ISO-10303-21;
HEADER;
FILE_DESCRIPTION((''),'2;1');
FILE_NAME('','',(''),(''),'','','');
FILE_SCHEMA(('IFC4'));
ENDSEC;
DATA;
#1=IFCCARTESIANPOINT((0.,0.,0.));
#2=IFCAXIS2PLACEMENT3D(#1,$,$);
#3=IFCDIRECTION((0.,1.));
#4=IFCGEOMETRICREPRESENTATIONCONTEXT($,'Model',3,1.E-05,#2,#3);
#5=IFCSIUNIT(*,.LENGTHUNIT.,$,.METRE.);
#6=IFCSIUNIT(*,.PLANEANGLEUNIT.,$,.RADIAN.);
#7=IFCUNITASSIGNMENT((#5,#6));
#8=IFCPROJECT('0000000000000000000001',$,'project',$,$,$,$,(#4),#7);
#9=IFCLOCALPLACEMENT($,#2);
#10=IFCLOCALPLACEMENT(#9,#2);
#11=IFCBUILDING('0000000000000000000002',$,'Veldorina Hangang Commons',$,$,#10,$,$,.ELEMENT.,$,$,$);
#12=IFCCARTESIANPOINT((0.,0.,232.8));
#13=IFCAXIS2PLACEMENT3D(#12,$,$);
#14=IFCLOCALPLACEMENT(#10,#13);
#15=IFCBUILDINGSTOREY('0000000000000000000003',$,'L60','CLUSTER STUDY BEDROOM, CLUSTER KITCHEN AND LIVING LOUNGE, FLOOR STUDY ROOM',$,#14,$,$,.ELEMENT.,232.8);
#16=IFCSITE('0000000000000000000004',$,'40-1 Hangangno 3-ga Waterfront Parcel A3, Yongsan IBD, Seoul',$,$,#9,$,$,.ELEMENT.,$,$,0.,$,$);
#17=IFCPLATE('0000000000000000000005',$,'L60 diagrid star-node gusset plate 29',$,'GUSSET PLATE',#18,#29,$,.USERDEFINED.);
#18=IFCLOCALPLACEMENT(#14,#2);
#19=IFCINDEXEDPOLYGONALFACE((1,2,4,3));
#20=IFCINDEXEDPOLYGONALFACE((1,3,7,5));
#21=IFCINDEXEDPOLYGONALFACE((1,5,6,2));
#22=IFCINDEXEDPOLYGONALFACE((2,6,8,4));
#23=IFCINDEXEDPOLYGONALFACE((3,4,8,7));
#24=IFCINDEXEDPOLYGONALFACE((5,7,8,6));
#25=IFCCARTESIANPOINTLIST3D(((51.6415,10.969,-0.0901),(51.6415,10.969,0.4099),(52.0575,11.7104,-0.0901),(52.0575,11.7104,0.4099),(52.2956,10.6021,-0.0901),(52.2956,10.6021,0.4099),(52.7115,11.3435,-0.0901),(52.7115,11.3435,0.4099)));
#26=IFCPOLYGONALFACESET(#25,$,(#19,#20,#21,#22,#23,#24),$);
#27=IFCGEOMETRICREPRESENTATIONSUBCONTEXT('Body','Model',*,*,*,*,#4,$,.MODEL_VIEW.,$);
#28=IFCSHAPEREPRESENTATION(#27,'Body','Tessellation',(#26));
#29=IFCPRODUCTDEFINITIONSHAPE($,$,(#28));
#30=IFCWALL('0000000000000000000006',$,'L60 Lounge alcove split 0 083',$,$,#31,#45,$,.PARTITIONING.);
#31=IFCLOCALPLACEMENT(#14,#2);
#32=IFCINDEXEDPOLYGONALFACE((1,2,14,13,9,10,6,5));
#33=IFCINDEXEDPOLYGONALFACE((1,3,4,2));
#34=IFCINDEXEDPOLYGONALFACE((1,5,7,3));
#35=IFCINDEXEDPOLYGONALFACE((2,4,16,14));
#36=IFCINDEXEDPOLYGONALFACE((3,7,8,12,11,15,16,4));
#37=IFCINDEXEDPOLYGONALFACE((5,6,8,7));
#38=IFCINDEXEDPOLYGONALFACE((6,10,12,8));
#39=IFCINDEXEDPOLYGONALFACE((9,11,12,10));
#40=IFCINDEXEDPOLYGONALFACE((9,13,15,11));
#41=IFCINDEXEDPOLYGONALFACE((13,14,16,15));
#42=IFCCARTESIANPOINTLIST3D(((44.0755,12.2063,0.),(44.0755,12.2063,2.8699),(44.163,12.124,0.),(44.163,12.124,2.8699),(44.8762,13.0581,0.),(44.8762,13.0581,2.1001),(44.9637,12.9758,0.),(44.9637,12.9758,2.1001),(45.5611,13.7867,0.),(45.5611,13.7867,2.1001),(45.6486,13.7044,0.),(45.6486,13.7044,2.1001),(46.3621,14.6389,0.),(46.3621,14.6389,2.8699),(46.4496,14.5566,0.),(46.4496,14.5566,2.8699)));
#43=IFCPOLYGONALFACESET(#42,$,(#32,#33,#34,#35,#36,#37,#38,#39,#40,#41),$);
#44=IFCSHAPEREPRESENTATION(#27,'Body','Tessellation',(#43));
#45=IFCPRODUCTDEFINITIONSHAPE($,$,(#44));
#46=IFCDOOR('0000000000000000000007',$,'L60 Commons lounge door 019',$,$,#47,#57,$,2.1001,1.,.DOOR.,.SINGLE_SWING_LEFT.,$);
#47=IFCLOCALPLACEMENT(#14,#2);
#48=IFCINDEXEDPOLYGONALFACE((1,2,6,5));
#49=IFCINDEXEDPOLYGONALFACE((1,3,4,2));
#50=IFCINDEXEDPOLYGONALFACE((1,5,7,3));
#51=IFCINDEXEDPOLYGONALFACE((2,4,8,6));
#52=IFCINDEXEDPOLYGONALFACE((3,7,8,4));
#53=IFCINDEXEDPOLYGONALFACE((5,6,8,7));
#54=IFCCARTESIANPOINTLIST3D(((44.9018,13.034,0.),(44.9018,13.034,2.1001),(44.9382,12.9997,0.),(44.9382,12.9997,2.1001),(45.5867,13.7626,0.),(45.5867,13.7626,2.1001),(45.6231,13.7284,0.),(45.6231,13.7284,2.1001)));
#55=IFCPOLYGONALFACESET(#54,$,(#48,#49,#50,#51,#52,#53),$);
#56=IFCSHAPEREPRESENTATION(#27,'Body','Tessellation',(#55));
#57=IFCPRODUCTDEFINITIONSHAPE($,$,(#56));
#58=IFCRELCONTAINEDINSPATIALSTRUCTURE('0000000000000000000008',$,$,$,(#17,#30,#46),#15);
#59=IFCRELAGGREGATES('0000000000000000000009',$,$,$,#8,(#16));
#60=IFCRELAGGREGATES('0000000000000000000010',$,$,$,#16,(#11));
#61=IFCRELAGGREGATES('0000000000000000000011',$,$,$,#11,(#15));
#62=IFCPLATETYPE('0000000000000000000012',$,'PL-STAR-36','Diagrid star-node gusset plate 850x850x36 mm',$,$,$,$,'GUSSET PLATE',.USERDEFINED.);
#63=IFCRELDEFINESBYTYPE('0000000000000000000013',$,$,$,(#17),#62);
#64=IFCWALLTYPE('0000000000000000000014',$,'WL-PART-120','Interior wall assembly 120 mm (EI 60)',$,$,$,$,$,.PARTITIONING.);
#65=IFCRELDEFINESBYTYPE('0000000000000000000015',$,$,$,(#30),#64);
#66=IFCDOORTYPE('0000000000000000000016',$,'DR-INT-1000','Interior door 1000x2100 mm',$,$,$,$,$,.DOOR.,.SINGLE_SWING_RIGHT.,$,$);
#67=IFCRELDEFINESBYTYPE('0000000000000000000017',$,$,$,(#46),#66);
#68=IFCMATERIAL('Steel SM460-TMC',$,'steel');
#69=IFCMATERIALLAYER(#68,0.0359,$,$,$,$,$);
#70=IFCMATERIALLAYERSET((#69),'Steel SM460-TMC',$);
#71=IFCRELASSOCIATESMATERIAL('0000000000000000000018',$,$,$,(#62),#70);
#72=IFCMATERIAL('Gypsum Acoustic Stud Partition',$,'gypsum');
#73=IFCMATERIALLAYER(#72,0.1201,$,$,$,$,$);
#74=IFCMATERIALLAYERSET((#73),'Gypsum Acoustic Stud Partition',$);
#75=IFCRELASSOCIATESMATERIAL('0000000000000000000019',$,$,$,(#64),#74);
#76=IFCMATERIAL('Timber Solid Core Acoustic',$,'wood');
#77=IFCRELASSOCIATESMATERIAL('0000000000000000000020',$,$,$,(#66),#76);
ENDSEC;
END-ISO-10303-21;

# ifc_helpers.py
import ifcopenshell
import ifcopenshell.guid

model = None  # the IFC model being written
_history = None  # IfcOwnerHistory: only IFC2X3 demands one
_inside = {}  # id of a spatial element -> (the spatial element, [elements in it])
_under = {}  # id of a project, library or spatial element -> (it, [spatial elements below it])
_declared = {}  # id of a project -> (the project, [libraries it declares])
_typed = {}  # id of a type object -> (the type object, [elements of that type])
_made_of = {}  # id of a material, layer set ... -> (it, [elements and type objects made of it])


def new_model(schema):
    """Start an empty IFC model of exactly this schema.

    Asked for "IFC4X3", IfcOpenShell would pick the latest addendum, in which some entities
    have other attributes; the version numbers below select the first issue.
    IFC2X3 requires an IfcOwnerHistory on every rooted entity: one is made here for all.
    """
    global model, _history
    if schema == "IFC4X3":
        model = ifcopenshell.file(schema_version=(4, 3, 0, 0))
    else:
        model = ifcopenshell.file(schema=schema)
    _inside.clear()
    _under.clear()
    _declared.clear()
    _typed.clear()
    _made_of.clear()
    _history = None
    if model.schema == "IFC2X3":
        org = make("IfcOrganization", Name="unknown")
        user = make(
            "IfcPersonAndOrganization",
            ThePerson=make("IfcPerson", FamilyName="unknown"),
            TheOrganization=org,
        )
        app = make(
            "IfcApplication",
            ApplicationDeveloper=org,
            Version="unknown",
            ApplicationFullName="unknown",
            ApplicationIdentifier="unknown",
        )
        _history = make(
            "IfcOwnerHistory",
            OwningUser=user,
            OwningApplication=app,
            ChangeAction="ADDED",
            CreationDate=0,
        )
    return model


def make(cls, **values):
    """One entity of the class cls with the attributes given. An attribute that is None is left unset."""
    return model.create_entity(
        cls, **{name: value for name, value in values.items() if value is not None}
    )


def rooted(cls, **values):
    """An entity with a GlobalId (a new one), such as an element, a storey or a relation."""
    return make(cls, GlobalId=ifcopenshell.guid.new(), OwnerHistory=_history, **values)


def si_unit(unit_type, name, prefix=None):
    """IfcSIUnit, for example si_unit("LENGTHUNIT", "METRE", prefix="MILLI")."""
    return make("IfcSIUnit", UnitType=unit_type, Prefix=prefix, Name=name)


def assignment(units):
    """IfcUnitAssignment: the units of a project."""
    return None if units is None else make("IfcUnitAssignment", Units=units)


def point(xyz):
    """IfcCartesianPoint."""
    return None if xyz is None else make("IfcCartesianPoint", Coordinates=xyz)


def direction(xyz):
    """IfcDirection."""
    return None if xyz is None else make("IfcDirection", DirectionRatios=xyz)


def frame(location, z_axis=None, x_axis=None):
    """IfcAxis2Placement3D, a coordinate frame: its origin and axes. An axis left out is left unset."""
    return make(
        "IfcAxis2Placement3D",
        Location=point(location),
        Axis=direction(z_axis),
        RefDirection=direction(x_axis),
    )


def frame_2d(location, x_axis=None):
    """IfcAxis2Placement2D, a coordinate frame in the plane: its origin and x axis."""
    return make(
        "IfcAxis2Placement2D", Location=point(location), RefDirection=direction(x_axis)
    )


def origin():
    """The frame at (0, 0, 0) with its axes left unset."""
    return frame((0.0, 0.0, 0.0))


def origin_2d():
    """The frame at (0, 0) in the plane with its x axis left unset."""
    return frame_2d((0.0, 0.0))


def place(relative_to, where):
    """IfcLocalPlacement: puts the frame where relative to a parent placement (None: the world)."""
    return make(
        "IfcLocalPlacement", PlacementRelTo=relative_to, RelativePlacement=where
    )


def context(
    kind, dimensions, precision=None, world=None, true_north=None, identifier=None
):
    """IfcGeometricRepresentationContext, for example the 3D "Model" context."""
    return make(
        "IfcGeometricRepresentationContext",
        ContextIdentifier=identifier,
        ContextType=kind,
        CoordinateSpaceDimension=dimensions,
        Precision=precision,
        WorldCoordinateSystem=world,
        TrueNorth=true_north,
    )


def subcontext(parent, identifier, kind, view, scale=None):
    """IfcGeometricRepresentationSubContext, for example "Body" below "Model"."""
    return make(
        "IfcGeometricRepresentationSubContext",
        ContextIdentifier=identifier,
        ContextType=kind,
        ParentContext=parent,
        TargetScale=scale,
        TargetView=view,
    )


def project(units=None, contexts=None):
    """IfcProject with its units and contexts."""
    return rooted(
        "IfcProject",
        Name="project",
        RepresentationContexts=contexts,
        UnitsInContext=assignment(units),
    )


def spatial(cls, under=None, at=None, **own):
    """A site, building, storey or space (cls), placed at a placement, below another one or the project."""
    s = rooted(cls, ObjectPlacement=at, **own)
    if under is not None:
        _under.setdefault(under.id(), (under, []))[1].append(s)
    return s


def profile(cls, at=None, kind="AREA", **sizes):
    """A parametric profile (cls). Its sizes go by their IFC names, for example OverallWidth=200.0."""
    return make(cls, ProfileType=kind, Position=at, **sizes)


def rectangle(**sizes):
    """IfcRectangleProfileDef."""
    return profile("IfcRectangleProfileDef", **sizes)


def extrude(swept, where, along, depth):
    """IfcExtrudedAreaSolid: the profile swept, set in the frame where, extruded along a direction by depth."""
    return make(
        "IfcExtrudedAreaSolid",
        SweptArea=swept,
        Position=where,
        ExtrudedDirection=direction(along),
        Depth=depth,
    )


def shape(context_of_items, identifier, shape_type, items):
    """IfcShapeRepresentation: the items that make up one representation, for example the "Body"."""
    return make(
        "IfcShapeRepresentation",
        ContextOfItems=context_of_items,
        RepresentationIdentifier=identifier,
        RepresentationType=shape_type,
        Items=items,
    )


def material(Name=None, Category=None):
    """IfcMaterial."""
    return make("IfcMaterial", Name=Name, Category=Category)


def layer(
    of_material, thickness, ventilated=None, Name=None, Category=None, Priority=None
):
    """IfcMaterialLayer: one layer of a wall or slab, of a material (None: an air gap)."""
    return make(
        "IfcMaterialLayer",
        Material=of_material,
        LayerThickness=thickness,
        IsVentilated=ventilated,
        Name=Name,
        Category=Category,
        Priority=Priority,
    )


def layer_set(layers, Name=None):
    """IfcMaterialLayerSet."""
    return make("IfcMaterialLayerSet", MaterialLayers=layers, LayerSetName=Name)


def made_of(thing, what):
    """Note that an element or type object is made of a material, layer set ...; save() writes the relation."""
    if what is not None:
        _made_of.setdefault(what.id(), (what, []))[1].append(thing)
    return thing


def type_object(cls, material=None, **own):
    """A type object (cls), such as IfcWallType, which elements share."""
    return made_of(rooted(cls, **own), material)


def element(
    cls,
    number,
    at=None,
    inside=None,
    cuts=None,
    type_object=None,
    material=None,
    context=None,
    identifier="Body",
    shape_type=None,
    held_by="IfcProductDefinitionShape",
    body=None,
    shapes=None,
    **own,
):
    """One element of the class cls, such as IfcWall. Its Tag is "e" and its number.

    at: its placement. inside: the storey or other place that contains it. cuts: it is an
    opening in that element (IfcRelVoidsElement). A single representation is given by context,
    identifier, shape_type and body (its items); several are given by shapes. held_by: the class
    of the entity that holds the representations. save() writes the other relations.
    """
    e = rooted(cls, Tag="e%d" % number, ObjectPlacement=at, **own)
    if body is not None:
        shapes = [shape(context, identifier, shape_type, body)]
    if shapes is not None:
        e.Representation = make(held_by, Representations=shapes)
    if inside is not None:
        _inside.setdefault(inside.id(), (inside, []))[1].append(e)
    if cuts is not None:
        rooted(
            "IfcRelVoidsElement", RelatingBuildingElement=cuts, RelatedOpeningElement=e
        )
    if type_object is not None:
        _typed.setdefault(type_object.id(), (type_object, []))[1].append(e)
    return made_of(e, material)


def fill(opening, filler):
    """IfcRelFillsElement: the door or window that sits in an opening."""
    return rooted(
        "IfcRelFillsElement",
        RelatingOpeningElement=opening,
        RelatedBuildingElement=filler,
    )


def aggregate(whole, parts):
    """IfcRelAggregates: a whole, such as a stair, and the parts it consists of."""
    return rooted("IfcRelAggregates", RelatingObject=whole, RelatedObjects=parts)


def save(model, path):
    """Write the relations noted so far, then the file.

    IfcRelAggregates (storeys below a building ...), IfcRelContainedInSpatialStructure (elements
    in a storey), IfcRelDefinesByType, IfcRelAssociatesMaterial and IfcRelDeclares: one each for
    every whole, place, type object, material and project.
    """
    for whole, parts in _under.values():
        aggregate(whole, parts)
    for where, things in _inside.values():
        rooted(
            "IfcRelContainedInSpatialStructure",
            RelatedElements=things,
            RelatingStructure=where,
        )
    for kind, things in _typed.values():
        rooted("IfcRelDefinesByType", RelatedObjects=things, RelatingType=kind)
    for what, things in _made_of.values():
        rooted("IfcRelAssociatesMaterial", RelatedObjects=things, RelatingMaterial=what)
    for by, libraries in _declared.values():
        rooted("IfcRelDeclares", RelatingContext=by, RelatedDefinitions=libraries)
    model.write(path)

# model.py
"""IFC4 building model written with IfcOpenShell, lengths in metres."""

from ifc_helpers import new_model, si_unit, direction, frame, frame_2d, origin, origin_2d, place, context, subcontext, project, spatial, rectangle, extrude, material, layer, layer_set, type_object, element, fill, save


model = new_model("IFC4")

# Units and contexts
model_context = context("Model", 3, precision=1e-05, world=origin(), true_north=direction((0.0, 1.0)))
body_context = subcontext(model_context, "Body", "Model", "MODEL_VIEW")
ifc_project = project(units=[si_unit("LENGTHUNIT", "METRE"), si_unit("PLANEANGLEUNIT", "RADIAN")], contexts=[model_context])

# Site, building, storey
site_placement = place(None, origin())
site = spatial("IfcSite", under=ifc_project, at=site_placement, Name="40-1 Hangangno 3-ga Waterfront Parcel A3, Yongsan IBD, Seoul", CompositionType="ELEMENT", RefElevation=0.0)
building_placement = place(site_placement, origin())
building = spatial("IfcBuilding", under=site, at=building_placement, Name="Veldorina Hangang Commons", CompositionType="ELEMENT")
storey_placement = place(building_placement, frame((0.0, 0.0, 232.8)))
storey = spatial("IfcBuildingStorey", under=building, at=storey_placement, Name="L60", Description="CLUSTER STUDY BEDROOM, CLUSTER KITCHEN AND LIVING LOUNGE, FLOOR STUDY ROOM", CompositionType="ELEMENT", Elevation=232.8)

# Plate
ifc_material_1 = material(Name="Steel SM460-TMC", Category="steel")
ifc_layer_1 = layer(ifc_material_1, 0.0359)
ifc_layer_set_1 = layer_set([ifc_layer_1], Name="Steel SM460-TMC")
plate_type_1 = type_object("IfcPlateType", Name="PL-STAR-36", Description="Diagrid star-node gusset plate 850x850x36 mm", ElementType="GUSSET PLATE", PredefinedType="USERDEFINED", material=ifc_layer_set_1)
plate_1_placement = place(storey_placement, frame((52.1765, 11.1562, -0.0901), z_axis=(0.0, 0.0, 1.0), x_axis=(0.489306, 0.872112, 0.0)))
element("IfcPlate", 1, at=plate_1_placement, inside=storey, type_object=plate_type_1, Name="L60 diagrid star-node gusset plate 29", ObjectType="GUSSET PLATE", PredefinedType="USERDEFINED", context=body_context, shape_type="SweptSolid", body=[
    extrude(rectangle(XDim=0.8501, YDim=0.75, at=origin_2d()), origin(), (0.0, 0.0, 1.0), 0.5),
])

# Wall, opening, door
ifc_material_2 = material(Name="Gypsum Acoustic Stud Partition", Category="gypsum")
ifc_layer_2 = layer(ifc_material_2, 0.1201)
ifc_layer_set_2 = layer_set([ifc_layer_2], Name="Gypsum Acoustic Stud Partition")
wall_type = type_object("IfcWallType", Name="WL-PART-120", Description="Interior wall assembly 120 mm (EI 60)", PredefinedType="PARTITIONING", material=ifc_layer_set_2)
wall_placement = place(storey_placement, frame((44.1191, 12.165, 0.0), z_axis=(0.0, 0.0, 1.0), x_axis=(0.684904, 0.728634, 0.0)))
wall = element("IfcWall", 2, at=wall_placement, inside=storey, type_object=wall_type, Name="L60 Lounge alcove split 0 083", PredefinedType="PARTITIONING", context=body_context, shape_type="SweptSolid", body=[
    extrude(rectangle(XDim=3.3386, YDim=0.1201, at=frame_2d((1.6694, 0.0))), origin(), (0.0, 0.0, 1.0), 2.8699),
])
opening_placement = place(wall_placement, frame((1.1692, 0.0, 0.0)))
opening = element("IfcOpeningElement", 3, at=opening_placement, cuts=wall, PredefinedType="OPENING", context=body_context, shape_type="SweptSolid", body=[
    extrude(rectangle(XDim=1.0, YDim=2.1001, at=frame_2d((0.5, 1.05))), frame((0.0, 0.0701, 0.0), z_axis=(0.0, -1.0, 0.0), x_axis=(1.0, 0.0, 0.0)), (0.0, 0.0, 1.0), 0.1401),
])
ifc_material_3 = material(Name="Timber Solid Core Acoustic", Category="wood")
door_type = type_object("IfcDoorType", Name="DR-INT-1000", Description="Interior door 1000x2100 mm", OperationType="SINGLE_SWING_RIGHT", PredefinedType="DOOR", material=ifc_material_3)
door_placement = place(opening_placement, origin())
door = element("IfcDoor", 4, at=door_placement, inside=storey, type_object=door_type, Name="L60 Commons lounge door 019", OperationType="SINGLE_SWING_LEFT", OverallHeight=2.1001, OverallWidth=1.0, PredefinedType="DOOR", context=body_context, shape_type="SweptSolid", body=[
    extrude(rectangle(XDim=1.0, YDim=2.1001, at=frame_2d((0.5, 1.05))), frame((0.0, 0.0249, 0.0), z_axis=(0.0, -1.0, 0.0), x_axis=(1.0, 0.0, 0.0)), (0.0, 0.0, 1.0), 0.05),
])
fill(opening, door)

save(model, "model.ifc")
